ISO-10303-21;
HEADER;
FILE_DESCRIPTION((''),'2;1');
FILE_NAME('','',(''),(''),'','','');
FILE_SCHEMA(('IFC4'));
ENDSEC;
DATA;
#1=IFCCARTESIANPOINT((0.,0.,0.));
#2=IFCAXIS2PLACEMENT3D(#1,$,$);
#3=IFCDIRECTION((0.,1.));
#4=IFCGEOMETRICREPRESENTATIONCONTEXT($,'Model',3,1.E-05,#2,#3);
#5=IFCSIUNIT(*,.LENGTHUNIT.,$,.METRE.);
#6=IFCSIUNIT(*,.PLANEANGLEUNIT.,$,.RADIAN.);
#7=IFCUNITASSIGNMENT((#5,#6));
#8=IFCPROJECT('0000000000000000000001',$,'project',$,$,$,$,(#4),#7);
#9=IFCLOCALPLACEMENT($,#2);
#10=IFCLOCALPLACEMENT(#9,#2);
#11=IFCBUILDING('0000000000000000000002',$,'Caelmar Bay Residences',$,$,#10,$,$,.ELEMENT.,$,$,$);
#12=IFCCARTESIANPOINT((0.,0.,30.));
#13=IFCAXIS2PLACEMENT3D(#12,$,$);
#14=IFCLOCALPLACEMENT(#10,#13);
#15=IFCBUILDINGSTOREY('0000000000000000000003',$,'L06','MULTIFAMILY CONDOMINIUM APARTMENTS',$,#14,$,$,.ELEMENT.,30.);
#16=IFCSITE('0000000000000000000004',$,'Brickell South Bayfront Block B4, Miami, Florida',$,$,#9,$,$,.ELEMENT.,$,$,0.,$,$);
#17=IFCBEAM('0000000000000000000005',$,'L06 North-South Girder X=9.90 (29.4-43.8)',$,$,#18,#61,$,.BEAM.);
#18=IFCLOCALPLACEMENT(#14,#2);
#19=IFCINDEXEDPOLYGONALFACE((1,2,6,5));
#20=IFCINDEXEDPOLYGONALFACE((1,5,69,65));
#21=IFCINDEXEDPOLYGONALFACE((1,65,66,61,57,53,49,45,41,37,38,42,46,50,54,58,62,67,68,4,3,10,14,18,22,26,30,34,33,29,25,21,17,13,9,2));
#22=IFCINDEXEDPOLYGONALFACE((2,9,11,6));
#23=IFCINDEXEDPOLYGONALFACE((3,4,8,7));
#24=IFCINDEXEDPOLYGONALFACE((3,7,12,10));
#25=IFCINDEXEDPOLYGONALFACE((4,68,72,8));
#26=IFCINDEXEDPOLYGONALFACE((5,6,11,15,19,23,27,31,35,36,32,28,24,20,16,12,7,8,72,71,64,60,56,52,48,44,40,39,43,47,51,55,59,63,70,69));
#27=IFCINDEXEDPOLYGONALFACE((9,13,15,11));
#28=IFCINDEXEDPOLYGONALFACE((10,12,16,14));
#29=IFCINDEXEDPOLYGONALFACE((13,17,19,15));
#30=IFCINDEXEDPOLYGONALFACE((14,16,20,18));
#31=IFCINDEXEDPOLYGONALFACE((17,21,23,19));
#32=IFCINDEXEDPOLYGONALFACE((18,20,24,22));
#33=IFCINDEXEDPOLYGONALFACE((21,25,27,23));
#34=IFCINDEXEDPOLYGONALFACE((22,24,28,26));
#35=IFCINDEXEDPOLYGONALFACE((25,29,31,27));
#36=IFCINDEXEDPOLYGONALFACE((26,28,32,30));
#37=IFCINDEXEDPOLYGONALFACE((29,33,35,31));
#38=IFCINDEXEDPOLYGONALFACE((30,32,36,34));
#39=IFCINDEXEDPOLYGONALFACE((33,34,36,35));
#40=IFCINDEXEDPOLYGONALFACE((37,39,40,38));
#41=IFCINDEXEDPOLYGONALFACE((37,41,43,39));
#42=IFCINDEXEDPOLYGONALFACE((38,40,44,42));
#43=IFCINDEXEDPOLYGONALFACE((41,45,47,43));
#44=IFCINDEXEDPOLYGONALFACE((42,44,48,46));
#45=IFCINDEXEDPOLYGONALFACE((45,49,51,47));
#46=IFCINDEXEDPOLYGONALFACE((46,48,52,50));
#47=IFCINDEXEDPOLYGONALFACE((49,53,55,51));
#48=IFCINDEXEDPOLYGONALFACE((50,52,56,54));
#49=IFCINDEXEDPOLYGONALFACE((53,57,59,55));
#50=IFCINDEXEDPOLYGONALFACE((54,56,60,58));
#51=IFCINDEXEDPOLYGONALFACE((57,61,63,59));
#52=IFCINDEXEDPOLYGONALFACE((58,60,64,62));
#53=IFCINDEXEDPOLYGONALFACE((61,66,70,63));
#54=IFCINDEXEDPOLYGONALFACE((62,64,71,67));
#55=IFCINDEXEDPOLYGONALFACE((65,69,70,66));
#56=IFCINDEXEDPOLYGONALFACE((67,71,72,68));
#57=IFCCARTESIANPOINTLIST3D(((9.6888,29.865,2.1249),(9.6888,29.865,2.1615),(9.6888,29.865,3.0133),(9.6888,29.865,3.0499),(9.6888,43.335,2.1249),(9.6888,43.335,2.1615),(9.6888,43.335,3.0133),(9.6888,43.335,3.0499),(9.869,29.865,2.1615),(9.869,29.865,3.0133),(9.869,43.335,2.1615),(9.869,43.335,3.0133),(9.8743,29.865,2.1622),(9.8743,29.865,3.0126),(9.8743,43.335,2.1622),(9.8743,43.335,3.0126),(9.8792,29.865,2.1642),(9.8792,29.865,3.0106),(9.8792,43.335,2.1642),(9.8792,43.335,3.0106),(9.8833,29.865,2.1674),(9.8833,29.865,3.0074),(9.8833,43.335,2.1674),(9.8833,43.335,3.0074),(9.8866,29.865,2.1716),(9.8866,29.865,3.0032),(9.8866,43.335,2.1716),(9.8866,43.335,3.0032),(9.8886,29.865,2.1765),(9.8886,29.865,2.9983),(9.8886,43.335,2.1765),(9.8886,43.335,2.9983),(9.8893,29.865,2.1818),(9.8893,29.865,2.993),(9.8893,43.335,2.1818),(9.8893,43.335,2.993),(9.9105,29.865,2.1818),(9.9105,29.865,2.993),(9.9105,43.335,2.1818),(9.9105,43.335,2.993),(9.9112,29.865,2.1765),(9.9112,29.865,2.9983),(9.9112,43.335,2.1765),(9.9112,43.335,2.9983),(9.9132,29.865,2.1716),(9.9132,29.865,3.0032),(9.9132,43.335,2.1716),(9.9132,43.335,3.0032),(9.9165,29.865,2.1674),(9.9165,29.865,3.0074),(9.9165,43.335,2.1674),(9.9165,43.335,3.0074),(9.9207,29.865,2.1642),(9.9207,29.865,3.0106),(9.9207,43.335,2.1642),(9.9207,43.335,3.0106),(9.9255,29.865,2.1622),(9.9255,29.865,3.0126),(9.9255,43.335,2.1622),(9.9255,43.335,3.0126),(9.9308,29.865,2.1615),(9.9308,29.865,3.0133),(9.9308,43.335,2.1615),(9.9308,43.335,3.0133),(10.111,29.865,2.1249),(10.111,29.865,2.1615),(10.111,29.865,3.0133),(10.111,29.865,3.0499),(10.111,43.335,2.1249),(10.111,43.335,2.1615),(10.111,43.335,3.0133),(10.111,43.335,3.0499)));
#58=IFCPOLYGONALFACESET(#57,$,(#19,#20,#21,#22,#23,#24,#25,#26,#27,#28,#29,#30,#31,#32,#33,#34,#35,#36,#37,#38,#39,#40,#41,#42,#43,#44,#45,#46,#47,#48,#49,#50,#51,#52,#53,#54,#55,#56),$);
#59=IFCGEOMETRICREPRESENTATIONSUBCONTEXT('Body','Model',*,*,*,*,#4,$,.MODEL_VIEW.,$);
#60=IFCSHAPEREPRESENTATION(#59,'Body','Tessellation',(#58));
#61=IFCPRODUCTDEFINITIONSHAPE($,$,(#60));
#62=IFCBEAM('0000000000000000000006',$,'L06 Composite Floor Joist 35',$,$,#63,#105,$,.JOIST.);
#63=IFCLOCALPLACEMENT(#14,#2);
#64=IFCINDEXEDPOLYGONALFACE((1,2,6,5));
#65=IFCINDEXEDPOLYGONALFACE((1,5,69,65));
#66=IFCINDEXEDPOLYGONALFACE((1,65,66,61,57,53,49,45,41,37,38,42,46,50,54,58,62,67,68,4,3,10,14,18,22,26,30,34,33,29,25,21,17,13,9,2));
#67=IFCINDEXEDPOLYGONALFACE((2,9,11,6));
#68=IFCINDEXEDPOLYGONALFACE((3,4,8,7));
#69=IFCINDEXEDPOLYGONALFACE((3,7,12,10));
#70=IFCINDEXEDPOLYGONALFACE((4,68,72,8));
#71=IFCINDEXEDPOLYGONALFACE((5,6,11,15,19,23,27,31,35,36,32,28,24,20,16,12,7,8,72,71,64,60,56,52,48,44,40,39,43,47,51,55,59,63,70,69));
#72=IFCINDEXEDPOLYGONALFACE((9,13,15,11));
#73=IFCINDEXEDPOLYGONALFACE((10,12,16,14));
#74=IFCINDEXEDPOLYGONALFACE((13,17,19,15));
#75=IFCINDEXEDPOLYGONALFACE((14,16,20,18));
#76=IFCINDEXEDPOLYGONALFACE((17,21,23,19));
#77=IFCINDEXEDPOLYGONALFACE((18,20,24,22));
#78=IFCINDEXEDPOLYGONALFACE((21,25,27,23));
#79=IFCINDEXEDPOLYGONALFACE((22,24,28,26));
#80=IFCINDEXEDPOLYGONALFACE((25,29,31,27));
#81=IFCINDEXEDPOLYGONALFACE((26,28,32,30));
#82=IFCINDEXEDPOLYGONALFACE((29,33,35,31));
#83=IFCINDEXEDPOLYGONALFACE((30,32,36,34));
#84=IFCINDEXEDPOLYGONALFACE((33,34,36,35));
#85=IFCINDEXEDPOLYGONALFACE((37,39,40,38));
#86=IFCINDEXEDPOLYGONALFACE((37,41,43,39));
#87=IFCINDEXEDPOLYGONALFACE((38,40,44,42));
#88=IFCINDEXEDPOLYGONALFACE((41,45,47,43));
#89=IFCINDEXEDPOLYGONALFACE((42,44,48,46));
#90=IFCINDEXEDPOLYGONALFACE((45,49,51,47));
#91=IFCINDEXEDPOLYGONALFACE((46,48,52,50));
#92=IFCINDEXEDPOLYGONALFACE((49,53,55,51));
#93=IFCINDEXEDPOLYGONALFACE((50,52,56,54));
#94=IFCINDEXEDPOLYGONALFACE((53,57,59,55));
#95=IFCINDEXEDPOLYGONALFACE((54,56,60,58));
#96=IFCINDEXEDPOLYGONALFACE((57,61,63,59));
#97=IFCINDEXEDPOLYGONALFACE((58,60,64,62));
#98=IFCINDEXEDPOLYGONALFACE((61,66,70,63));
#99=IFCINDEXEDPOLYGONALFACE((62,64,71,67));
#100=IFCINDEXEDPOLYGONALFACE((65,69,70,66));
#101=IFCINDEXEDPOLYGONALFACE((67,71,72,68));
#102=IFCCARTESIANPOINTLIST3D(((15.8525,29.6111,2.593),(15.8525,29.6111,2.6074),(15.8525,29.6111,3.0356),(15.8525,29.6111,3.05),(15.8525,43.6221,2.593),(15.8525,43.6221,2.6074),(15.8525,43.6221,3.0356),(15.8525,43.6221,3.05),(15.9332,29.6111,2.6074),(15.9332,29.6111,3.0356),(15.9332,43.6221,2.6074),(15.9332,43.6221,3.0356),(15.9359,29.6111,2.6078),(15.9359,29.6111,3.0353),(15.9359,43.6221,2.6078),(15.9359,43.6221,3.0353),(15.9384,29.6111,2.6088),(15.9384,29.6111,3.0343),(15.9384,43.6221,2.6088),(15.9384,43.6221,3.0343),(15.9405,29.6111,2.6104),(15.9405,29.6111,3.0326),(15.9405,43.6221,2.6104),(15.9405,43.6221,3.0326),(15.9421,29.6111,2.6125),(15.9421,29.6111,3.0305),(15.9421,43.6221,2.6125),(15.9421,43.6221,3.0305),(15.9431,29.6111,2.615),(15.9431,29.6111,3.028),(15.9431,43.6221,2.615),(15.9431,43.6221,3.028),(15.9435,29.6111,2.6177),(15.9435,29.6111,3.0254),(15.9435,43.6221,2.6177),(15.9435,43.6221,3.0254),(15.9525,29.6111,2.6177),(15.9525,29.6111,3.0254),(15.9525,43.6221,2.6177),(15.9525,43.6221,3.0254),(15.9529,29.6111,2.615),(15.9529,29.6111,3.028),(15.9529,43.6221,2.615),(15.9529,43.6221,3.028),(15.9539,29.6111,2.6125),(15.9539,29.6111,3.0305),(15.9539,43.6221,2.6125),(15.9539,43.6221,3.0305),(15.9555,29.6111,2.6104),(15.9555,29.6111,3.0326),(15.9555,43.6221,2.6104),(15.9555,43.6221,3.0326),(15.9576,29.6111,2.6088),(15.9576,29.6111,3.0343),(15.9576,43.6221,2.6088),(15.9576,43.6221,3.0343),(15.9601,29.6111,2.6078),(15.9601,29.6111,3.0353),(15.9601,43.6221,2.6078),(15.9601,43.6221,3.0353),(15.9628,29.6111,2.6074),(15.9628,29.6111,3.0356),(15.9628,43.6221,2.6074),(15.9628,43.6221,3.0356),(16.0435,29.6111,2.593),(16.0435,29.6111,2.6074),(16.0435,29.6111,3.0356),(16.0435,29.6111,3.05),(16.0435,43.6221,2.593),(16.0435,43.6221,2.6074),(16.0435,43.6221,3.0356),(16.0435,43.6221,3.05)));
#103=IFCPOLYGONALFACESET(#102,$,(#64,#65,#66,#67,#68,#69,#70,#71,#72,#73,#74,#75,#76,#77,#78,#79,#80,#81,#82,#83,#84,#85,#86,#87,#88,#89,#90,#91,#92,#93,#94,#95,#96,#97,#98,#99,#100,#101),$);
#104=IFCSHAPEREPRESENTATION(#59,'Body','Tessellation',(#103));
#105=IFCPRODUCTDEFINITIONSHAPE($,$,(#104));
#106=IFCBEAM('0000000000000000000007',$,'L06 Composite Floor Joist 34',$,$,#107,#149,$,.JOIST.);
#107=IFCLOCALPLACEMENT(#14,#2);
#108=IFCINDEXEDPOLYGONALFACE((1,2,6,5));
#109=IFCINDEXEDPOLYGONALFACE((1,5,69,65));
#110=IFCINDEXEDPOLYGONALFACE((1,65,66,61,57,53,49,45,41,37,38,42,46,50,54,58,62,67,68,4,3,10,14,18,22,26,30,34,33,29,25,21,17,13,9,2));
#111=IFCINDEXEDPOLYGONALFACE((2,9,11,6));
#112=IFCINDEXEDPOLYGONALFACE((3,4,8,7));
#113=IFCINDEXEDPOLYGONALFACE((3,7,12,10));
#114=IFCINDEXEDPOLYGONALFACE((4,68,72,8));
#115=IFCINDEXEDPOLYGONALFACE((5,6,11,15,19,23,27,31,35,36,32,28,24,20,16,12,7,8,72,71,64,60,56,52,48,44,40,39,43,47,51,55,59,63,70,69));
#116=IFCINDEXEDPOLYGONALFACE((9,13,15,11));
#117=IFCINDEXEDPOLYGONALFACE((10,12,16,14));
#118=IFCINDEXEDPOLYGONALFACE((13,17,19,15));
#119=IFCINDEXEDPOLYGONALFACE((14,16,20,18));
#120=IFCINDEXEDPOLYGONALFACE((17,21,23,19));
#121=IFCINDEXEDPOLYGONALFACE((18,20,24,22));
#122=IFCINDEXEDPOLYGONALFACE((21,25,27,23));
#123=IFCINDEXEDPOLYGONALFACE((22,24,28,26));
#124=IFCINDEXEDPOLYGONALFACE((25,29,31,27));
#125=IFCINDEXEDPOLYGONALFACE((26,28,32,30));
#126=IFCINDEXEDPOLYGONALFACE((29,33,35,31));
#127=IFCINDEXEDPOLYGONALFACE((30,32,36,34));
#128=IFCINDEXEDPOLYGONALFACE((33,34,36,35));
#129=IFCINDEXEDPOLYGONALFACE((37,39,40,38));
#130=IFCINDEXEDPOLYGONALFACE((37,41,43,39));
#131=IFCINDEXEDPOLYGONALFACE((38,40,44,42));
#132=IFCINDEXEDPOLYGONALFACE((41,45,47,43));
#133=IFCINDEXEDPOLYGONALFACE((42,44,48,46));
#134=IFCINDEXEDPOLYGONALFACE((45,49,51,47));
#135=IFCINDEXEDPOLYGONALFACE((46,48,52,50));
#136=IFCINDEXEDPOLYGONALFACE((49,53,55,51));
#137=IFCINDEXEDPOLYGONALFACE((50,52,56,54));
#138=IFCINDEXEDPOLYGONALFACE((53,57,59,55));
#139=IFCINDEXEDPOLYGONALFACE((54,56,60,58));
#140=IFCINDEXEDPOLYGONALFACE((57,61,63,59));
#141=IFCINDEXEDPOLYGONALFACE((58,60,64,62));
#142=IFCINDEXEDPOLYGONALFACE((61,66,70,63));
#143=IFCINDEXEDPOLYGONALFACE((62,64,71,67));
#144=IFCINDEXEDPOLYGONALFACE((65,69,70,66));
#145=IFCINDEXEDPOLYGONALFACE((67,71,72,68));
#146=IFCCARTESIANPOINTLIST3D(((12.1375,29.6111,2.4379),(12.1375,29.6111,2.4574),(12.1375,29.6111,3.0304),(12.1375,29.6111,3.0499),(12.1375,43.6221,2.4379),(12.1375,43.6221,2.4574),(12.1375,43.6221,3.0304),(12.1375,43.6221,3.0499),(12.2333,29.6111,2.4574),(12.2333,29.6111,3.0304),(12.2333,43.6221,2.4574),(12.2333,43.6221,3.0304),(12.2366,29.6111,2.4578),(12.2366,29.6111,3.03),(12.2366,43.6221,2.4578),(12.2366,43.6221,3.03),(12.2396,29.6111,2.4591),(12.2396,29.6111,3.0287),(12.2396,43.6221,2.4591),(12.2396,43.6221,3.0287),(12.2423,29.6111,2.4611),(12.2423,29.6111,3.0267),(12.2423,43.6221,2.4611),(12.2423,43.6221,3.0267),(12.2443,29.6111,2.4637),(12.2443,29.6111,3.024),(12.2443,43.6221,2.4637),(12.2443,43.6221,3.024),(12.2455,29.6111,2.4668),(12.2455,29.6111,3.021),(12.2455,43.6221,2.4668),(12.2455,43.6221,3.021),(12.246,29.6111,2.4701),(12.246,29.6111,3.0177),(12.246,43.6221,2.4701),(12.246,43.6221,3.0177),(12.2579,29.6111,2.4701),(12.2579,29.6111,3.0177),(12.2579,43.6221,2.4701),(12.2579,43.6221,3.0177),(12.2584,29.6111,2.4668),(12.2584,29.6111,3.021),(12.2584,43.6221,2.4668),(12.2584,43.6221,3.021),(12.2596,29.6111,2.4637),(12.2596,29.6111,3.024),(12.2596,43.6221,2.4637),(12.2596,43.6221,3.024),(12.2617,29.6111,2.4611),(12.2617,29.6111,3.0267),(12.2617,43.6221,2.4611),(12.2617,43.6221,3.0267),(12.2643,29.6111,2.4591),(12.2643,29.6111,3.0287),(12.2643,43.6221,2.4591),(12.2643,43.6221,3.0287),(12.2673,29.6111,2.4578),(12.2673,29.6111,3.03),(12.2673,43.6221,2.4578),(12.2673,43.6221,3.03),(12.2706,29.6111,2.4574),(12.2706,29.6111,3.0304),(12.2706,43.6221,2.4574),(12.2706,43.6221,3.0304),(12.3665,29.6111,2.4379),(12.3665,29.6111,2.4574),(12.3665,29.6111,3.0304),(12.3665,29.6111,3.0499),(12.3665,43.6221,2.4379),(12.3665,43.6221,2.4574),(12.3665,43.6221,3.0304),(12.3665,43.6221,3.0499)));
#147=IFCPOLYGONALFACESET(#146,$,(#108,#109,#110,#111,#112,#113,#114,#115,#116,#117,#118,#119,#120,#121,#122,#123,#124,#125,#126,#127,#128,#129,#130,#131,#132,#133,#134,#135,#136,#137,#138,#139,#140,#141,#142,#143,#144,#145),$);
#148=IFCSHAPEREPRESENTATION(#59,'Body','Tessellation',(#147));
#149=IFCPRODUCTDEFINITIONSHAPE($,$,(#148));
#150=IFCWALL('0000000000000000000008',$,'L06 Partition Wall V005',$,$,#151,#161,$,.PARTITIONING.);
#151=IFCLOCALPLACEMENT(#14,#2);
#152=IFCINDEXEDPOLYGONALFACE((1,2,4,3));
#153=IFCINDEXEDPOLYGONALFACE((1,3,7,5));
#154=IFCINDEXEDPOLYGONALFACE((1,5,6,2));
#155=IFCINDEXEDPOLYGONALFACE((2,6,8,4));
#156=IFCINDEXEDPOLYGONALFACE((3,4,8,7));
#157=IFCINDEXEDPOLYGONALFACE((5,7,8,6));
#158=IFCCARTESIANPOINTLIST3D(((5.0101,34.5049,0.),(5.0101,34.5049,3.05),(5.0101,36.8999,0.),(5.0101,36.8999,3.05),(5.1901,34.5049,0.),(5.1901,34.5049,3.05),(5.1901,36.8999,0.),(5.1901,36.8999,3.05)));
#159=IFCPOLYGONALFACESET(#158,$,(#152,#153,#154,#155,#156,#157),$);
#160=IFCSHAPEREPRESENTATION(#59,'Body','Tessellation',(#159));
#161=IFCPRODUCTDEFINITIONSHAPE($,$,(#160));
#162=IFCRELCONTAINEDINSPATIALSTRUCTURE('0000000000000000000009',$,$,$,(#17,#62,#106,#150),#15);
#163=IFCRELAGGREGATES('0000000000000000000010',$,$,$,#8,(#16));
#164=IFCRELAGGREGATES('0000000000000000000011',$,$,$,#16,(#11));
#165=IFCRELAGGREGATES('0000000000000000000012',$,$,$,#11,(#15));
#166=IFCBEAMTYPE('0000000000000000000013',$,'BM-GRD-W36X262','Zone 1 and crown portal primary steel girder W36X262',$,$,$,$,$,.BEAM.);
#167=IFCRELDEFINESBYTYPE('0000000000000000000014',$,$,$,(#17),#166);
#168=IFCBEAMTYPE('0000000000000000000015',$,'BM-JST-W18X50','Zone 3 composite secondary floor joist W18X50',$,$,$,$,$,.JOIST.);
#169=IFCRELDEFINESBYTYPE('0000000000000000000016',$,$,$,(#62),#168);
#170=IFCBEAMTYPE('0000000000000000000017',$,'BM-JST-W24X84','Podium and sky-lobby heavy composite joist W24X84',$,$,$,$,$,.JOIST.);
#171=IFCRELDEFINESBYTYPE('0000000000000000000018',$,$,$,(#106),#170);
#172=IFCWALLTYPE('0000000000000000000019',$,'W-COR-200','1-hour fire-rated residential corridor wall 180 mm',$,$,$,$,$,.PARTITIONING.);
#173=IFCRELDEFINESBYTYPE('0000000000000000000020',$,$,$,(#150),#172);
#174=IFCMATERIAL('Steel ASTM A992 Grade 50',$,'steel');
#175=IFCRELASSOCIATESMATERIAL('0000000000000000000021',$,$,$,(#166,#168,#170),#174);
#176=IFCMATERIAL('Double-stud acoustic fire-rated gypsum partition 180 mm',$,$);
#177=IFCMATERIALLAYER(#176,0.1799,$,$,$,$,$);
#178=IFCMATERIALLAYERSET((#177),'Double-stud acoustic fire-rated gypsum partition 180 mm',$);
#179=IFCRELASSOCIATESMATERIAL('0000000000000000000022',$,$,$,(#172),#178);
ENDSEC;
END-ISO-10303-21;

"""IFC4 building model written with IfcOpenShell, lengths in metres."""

from ifc_helpers import new_model, si_unit, direction, frame, frame_2d, origin, origin_2d, place, context, subcontext, project, spatial, rectangle, i_section, extrude, material, layer, layer_set, material_profile, profile_set, type_object, element, save


model = new_model("IFC4")

# Units and contexts
model_context = context("Model", 3, precision=1e-05, world=origin(), true_north=direction((0.0, 1.0)))
body_context = subcontext(model_context, "Body", "Model", "MODEL_VIEW")
ifc_project = project(units=[si_unit("LENGTHUNIT", "METRE"), si_unit("PLANEANGLEUNIT", "RADIAN")], contexts=[model_context])

# Site, building, storey
site_placement = place(None, origin())
site = spatial("IfcSite", under=ifc_project, at=site_placement, Name="Brickell South Bayfront Block B4, Miami, Florida", CompositionType="ELEMENT", RefElevation=0.0)
building_placement = place(site_placement, origin())
building = spatial("IfcBuilding", under=site, at=building_placement, Name="Caelmar Bay Residences", CompositionType="ELEMENT")
storey_placement = place(building_placement, frame((0.0, 0.0, 30.0)))
storey = spatial("IfcBuildingStorey", under=building, at=storey_placement, Name="L06", Description="MULTIFAMILY CONDOMINIUM APARTMENTS", CompositionType="ELEMENT", Elevation=30.0)

# Beams
ifc_material_1 = material(Name="Steel ASTM A992 Grade 50", Category="steel")
ifc_material_profile_1 = material_profile(ifc_material_1, i_section(OverallWidth=0.4221, OverallDepth=0.925, WebThickness=0.0212, FlangeThickness=0.0366, FilletRadius=0.0203, at=origin_2d()), Name="W36X262")
ifc_profile_set_1 = profile_set([ifc_material_profile_1], Name="Steel ASTM A992 Grade 50")
beam_type_1 = type_object("IfcBeamType", Name="BM-GRD-W36X262", Description="Zone 1 and crown portal primary steel girder W36X262", PredefinedType="BEAM", material=ifc_profile_set_1)
beam_1_placement = place(storey_placement, frame((9.8999, 29.865, 2.5874), z_axis=(0.0, 1.0, 0.0), x_axis=(-1.0, 0.0, 0.0)))
element("IfcBeam", 1, at=beam_1_placement, inside=storey, type_object=beam_type_1, Name="L06 North-South Girder X=9.90 (29.4-43.8)", PredefinedType="BEAM", context=body_context, shape_type="SweptSolid", body=[
    extrude(i_section(OverallWidth=0.4221, OverallDepth=0.925, WebThickness=0.0212, FlangeThickness=0.0366, FilletRadius=0.0203, at=origin_2d()), origin(), (0.0, 0.0, 1.0), 13.47),
])
ifc_material_profile_2 = material_profile(ifc_material_1, i_section(OverallWidth=0.1909, OverallDepth=0.457, WebThickness=0.009, FlangeThickness=0.0144, FilletRadius=0.0103, at=origin_2d()), Name="W18X50")
ifc_profile_set_2 = profile_set([ifc_material_profile_2], Name="Steel ASTM A992 Grade 50")
beam_type_2 = type_object("IfcBeamType", Name="BM-JST-W18X50", Description="Zone 3 composite secondary floor joist W18X50", PredefinedType="JOIST", material=ifc_profile_set_2)
beam_2_placement = place(storey_placement, frame((15.948, 29.6111, 2.8215), z_axis=(0.0, 1.0, 0.0), x_axis=(-1.0, 0.0, 0.0)))
element("IfcBeam", 2, at=beam_2_placement, inside=storey, type_object=beam_type_2, Name="L06 Composite Floor Joist 35", PredefinedType="JOIST", context=body_context, shape_type="SweptSolid", body=[
    extrude(i_section(OverallWidth=0.1909, OverallDepth=0.457, WebThickness=0.009, FlangeThickness=0.0144, FilletRadius=0.0103, at=origin_2d()), origin(), (0.0, 0.0, 1.0), 14.011),
])
ifc_material_profile_3 = material_profile(ifc_material_1, i_section(OverallWidth=0.229, OverallDepth=0.6121, WebThickness=0.012, FlangeThickness=0.0195, FilletRadius=0.0127, at=origin_2d()), Name="W24X84")
ifc_profile_set_3 = profile_set([ifc_material_profile_3], Name="Steel ASTM A992 Grade 50")
beam_type_3 = type_object("IfcBeamType", Name="BM-JST-W24X84", Description="Podium and sky-lobby heavy composite joist W24X84", PredefinedType="JOIST", material=ifc_profile_set_3)
beam_3_placement = place(storey_placement, frame((12.252, 29.6111, 2.7439), z_axis=(0.0, 1.0, 0.0), x_axis=(-1.0, 0.0, 0.0)))
element("IfcBeam", 3, at=beam_3_placement, inside=storey, type_object=beam_type_3, Name="L06 Composite Floor Joist 34", PredefinedType="JOIST", context=body_context, shape_type="SweptSolid", body=[
    extrude(i_section(OverallWidth=0.229, OverallDepth=0.6121, WebThickness=0.012, FlangeThickness=0.0195, FilletRadius=0.0127, at=origin_2d()), origin(), (0.0, 0.0, 1.0), 14.011),
])

# Wall
ifc_material_2 = material(Name="Double-stud acoustic fire-rated gypsum partition 180 mm")
ifc_layer_1 = layer(ifc_material_2, 0.1799)
ifc_layer_set_1 = layer_set([ifc_layer_1], Name="Double-stud acoustic fire-rated gypsum partition 180 mm")
wall_type_1 = type_object("IfcWallType", Name="W-COR-200", Description="1-hour fire-rated residential corridor wall 180 mm", PredefinedType="PARTITIONING", material=ifc_layer_set_1)
wall_1_placement = place(storey_placement, frame((5.1001, 34.5049, 0.0), z_axis=(0.0, 0.0, 1.0), x_axis=(0.0, 1.0, 0.0)))
element("IfcWall", 4, at=wall_1_placement, inside=storey, type_object=wall_type_1, Name="L06 Partition Wall V005", PredefinedType="PARTITIONING", context=body_context, shape_type="SweptSolid", body=[
    extrude(rectangle(XDim=2.395, YDim=0.1799, at=frame_2d((1.1975, 0.0))), origin(), (0.0, 0.0, 1.0), 3.05),
])

save(model, "model.ifc")
